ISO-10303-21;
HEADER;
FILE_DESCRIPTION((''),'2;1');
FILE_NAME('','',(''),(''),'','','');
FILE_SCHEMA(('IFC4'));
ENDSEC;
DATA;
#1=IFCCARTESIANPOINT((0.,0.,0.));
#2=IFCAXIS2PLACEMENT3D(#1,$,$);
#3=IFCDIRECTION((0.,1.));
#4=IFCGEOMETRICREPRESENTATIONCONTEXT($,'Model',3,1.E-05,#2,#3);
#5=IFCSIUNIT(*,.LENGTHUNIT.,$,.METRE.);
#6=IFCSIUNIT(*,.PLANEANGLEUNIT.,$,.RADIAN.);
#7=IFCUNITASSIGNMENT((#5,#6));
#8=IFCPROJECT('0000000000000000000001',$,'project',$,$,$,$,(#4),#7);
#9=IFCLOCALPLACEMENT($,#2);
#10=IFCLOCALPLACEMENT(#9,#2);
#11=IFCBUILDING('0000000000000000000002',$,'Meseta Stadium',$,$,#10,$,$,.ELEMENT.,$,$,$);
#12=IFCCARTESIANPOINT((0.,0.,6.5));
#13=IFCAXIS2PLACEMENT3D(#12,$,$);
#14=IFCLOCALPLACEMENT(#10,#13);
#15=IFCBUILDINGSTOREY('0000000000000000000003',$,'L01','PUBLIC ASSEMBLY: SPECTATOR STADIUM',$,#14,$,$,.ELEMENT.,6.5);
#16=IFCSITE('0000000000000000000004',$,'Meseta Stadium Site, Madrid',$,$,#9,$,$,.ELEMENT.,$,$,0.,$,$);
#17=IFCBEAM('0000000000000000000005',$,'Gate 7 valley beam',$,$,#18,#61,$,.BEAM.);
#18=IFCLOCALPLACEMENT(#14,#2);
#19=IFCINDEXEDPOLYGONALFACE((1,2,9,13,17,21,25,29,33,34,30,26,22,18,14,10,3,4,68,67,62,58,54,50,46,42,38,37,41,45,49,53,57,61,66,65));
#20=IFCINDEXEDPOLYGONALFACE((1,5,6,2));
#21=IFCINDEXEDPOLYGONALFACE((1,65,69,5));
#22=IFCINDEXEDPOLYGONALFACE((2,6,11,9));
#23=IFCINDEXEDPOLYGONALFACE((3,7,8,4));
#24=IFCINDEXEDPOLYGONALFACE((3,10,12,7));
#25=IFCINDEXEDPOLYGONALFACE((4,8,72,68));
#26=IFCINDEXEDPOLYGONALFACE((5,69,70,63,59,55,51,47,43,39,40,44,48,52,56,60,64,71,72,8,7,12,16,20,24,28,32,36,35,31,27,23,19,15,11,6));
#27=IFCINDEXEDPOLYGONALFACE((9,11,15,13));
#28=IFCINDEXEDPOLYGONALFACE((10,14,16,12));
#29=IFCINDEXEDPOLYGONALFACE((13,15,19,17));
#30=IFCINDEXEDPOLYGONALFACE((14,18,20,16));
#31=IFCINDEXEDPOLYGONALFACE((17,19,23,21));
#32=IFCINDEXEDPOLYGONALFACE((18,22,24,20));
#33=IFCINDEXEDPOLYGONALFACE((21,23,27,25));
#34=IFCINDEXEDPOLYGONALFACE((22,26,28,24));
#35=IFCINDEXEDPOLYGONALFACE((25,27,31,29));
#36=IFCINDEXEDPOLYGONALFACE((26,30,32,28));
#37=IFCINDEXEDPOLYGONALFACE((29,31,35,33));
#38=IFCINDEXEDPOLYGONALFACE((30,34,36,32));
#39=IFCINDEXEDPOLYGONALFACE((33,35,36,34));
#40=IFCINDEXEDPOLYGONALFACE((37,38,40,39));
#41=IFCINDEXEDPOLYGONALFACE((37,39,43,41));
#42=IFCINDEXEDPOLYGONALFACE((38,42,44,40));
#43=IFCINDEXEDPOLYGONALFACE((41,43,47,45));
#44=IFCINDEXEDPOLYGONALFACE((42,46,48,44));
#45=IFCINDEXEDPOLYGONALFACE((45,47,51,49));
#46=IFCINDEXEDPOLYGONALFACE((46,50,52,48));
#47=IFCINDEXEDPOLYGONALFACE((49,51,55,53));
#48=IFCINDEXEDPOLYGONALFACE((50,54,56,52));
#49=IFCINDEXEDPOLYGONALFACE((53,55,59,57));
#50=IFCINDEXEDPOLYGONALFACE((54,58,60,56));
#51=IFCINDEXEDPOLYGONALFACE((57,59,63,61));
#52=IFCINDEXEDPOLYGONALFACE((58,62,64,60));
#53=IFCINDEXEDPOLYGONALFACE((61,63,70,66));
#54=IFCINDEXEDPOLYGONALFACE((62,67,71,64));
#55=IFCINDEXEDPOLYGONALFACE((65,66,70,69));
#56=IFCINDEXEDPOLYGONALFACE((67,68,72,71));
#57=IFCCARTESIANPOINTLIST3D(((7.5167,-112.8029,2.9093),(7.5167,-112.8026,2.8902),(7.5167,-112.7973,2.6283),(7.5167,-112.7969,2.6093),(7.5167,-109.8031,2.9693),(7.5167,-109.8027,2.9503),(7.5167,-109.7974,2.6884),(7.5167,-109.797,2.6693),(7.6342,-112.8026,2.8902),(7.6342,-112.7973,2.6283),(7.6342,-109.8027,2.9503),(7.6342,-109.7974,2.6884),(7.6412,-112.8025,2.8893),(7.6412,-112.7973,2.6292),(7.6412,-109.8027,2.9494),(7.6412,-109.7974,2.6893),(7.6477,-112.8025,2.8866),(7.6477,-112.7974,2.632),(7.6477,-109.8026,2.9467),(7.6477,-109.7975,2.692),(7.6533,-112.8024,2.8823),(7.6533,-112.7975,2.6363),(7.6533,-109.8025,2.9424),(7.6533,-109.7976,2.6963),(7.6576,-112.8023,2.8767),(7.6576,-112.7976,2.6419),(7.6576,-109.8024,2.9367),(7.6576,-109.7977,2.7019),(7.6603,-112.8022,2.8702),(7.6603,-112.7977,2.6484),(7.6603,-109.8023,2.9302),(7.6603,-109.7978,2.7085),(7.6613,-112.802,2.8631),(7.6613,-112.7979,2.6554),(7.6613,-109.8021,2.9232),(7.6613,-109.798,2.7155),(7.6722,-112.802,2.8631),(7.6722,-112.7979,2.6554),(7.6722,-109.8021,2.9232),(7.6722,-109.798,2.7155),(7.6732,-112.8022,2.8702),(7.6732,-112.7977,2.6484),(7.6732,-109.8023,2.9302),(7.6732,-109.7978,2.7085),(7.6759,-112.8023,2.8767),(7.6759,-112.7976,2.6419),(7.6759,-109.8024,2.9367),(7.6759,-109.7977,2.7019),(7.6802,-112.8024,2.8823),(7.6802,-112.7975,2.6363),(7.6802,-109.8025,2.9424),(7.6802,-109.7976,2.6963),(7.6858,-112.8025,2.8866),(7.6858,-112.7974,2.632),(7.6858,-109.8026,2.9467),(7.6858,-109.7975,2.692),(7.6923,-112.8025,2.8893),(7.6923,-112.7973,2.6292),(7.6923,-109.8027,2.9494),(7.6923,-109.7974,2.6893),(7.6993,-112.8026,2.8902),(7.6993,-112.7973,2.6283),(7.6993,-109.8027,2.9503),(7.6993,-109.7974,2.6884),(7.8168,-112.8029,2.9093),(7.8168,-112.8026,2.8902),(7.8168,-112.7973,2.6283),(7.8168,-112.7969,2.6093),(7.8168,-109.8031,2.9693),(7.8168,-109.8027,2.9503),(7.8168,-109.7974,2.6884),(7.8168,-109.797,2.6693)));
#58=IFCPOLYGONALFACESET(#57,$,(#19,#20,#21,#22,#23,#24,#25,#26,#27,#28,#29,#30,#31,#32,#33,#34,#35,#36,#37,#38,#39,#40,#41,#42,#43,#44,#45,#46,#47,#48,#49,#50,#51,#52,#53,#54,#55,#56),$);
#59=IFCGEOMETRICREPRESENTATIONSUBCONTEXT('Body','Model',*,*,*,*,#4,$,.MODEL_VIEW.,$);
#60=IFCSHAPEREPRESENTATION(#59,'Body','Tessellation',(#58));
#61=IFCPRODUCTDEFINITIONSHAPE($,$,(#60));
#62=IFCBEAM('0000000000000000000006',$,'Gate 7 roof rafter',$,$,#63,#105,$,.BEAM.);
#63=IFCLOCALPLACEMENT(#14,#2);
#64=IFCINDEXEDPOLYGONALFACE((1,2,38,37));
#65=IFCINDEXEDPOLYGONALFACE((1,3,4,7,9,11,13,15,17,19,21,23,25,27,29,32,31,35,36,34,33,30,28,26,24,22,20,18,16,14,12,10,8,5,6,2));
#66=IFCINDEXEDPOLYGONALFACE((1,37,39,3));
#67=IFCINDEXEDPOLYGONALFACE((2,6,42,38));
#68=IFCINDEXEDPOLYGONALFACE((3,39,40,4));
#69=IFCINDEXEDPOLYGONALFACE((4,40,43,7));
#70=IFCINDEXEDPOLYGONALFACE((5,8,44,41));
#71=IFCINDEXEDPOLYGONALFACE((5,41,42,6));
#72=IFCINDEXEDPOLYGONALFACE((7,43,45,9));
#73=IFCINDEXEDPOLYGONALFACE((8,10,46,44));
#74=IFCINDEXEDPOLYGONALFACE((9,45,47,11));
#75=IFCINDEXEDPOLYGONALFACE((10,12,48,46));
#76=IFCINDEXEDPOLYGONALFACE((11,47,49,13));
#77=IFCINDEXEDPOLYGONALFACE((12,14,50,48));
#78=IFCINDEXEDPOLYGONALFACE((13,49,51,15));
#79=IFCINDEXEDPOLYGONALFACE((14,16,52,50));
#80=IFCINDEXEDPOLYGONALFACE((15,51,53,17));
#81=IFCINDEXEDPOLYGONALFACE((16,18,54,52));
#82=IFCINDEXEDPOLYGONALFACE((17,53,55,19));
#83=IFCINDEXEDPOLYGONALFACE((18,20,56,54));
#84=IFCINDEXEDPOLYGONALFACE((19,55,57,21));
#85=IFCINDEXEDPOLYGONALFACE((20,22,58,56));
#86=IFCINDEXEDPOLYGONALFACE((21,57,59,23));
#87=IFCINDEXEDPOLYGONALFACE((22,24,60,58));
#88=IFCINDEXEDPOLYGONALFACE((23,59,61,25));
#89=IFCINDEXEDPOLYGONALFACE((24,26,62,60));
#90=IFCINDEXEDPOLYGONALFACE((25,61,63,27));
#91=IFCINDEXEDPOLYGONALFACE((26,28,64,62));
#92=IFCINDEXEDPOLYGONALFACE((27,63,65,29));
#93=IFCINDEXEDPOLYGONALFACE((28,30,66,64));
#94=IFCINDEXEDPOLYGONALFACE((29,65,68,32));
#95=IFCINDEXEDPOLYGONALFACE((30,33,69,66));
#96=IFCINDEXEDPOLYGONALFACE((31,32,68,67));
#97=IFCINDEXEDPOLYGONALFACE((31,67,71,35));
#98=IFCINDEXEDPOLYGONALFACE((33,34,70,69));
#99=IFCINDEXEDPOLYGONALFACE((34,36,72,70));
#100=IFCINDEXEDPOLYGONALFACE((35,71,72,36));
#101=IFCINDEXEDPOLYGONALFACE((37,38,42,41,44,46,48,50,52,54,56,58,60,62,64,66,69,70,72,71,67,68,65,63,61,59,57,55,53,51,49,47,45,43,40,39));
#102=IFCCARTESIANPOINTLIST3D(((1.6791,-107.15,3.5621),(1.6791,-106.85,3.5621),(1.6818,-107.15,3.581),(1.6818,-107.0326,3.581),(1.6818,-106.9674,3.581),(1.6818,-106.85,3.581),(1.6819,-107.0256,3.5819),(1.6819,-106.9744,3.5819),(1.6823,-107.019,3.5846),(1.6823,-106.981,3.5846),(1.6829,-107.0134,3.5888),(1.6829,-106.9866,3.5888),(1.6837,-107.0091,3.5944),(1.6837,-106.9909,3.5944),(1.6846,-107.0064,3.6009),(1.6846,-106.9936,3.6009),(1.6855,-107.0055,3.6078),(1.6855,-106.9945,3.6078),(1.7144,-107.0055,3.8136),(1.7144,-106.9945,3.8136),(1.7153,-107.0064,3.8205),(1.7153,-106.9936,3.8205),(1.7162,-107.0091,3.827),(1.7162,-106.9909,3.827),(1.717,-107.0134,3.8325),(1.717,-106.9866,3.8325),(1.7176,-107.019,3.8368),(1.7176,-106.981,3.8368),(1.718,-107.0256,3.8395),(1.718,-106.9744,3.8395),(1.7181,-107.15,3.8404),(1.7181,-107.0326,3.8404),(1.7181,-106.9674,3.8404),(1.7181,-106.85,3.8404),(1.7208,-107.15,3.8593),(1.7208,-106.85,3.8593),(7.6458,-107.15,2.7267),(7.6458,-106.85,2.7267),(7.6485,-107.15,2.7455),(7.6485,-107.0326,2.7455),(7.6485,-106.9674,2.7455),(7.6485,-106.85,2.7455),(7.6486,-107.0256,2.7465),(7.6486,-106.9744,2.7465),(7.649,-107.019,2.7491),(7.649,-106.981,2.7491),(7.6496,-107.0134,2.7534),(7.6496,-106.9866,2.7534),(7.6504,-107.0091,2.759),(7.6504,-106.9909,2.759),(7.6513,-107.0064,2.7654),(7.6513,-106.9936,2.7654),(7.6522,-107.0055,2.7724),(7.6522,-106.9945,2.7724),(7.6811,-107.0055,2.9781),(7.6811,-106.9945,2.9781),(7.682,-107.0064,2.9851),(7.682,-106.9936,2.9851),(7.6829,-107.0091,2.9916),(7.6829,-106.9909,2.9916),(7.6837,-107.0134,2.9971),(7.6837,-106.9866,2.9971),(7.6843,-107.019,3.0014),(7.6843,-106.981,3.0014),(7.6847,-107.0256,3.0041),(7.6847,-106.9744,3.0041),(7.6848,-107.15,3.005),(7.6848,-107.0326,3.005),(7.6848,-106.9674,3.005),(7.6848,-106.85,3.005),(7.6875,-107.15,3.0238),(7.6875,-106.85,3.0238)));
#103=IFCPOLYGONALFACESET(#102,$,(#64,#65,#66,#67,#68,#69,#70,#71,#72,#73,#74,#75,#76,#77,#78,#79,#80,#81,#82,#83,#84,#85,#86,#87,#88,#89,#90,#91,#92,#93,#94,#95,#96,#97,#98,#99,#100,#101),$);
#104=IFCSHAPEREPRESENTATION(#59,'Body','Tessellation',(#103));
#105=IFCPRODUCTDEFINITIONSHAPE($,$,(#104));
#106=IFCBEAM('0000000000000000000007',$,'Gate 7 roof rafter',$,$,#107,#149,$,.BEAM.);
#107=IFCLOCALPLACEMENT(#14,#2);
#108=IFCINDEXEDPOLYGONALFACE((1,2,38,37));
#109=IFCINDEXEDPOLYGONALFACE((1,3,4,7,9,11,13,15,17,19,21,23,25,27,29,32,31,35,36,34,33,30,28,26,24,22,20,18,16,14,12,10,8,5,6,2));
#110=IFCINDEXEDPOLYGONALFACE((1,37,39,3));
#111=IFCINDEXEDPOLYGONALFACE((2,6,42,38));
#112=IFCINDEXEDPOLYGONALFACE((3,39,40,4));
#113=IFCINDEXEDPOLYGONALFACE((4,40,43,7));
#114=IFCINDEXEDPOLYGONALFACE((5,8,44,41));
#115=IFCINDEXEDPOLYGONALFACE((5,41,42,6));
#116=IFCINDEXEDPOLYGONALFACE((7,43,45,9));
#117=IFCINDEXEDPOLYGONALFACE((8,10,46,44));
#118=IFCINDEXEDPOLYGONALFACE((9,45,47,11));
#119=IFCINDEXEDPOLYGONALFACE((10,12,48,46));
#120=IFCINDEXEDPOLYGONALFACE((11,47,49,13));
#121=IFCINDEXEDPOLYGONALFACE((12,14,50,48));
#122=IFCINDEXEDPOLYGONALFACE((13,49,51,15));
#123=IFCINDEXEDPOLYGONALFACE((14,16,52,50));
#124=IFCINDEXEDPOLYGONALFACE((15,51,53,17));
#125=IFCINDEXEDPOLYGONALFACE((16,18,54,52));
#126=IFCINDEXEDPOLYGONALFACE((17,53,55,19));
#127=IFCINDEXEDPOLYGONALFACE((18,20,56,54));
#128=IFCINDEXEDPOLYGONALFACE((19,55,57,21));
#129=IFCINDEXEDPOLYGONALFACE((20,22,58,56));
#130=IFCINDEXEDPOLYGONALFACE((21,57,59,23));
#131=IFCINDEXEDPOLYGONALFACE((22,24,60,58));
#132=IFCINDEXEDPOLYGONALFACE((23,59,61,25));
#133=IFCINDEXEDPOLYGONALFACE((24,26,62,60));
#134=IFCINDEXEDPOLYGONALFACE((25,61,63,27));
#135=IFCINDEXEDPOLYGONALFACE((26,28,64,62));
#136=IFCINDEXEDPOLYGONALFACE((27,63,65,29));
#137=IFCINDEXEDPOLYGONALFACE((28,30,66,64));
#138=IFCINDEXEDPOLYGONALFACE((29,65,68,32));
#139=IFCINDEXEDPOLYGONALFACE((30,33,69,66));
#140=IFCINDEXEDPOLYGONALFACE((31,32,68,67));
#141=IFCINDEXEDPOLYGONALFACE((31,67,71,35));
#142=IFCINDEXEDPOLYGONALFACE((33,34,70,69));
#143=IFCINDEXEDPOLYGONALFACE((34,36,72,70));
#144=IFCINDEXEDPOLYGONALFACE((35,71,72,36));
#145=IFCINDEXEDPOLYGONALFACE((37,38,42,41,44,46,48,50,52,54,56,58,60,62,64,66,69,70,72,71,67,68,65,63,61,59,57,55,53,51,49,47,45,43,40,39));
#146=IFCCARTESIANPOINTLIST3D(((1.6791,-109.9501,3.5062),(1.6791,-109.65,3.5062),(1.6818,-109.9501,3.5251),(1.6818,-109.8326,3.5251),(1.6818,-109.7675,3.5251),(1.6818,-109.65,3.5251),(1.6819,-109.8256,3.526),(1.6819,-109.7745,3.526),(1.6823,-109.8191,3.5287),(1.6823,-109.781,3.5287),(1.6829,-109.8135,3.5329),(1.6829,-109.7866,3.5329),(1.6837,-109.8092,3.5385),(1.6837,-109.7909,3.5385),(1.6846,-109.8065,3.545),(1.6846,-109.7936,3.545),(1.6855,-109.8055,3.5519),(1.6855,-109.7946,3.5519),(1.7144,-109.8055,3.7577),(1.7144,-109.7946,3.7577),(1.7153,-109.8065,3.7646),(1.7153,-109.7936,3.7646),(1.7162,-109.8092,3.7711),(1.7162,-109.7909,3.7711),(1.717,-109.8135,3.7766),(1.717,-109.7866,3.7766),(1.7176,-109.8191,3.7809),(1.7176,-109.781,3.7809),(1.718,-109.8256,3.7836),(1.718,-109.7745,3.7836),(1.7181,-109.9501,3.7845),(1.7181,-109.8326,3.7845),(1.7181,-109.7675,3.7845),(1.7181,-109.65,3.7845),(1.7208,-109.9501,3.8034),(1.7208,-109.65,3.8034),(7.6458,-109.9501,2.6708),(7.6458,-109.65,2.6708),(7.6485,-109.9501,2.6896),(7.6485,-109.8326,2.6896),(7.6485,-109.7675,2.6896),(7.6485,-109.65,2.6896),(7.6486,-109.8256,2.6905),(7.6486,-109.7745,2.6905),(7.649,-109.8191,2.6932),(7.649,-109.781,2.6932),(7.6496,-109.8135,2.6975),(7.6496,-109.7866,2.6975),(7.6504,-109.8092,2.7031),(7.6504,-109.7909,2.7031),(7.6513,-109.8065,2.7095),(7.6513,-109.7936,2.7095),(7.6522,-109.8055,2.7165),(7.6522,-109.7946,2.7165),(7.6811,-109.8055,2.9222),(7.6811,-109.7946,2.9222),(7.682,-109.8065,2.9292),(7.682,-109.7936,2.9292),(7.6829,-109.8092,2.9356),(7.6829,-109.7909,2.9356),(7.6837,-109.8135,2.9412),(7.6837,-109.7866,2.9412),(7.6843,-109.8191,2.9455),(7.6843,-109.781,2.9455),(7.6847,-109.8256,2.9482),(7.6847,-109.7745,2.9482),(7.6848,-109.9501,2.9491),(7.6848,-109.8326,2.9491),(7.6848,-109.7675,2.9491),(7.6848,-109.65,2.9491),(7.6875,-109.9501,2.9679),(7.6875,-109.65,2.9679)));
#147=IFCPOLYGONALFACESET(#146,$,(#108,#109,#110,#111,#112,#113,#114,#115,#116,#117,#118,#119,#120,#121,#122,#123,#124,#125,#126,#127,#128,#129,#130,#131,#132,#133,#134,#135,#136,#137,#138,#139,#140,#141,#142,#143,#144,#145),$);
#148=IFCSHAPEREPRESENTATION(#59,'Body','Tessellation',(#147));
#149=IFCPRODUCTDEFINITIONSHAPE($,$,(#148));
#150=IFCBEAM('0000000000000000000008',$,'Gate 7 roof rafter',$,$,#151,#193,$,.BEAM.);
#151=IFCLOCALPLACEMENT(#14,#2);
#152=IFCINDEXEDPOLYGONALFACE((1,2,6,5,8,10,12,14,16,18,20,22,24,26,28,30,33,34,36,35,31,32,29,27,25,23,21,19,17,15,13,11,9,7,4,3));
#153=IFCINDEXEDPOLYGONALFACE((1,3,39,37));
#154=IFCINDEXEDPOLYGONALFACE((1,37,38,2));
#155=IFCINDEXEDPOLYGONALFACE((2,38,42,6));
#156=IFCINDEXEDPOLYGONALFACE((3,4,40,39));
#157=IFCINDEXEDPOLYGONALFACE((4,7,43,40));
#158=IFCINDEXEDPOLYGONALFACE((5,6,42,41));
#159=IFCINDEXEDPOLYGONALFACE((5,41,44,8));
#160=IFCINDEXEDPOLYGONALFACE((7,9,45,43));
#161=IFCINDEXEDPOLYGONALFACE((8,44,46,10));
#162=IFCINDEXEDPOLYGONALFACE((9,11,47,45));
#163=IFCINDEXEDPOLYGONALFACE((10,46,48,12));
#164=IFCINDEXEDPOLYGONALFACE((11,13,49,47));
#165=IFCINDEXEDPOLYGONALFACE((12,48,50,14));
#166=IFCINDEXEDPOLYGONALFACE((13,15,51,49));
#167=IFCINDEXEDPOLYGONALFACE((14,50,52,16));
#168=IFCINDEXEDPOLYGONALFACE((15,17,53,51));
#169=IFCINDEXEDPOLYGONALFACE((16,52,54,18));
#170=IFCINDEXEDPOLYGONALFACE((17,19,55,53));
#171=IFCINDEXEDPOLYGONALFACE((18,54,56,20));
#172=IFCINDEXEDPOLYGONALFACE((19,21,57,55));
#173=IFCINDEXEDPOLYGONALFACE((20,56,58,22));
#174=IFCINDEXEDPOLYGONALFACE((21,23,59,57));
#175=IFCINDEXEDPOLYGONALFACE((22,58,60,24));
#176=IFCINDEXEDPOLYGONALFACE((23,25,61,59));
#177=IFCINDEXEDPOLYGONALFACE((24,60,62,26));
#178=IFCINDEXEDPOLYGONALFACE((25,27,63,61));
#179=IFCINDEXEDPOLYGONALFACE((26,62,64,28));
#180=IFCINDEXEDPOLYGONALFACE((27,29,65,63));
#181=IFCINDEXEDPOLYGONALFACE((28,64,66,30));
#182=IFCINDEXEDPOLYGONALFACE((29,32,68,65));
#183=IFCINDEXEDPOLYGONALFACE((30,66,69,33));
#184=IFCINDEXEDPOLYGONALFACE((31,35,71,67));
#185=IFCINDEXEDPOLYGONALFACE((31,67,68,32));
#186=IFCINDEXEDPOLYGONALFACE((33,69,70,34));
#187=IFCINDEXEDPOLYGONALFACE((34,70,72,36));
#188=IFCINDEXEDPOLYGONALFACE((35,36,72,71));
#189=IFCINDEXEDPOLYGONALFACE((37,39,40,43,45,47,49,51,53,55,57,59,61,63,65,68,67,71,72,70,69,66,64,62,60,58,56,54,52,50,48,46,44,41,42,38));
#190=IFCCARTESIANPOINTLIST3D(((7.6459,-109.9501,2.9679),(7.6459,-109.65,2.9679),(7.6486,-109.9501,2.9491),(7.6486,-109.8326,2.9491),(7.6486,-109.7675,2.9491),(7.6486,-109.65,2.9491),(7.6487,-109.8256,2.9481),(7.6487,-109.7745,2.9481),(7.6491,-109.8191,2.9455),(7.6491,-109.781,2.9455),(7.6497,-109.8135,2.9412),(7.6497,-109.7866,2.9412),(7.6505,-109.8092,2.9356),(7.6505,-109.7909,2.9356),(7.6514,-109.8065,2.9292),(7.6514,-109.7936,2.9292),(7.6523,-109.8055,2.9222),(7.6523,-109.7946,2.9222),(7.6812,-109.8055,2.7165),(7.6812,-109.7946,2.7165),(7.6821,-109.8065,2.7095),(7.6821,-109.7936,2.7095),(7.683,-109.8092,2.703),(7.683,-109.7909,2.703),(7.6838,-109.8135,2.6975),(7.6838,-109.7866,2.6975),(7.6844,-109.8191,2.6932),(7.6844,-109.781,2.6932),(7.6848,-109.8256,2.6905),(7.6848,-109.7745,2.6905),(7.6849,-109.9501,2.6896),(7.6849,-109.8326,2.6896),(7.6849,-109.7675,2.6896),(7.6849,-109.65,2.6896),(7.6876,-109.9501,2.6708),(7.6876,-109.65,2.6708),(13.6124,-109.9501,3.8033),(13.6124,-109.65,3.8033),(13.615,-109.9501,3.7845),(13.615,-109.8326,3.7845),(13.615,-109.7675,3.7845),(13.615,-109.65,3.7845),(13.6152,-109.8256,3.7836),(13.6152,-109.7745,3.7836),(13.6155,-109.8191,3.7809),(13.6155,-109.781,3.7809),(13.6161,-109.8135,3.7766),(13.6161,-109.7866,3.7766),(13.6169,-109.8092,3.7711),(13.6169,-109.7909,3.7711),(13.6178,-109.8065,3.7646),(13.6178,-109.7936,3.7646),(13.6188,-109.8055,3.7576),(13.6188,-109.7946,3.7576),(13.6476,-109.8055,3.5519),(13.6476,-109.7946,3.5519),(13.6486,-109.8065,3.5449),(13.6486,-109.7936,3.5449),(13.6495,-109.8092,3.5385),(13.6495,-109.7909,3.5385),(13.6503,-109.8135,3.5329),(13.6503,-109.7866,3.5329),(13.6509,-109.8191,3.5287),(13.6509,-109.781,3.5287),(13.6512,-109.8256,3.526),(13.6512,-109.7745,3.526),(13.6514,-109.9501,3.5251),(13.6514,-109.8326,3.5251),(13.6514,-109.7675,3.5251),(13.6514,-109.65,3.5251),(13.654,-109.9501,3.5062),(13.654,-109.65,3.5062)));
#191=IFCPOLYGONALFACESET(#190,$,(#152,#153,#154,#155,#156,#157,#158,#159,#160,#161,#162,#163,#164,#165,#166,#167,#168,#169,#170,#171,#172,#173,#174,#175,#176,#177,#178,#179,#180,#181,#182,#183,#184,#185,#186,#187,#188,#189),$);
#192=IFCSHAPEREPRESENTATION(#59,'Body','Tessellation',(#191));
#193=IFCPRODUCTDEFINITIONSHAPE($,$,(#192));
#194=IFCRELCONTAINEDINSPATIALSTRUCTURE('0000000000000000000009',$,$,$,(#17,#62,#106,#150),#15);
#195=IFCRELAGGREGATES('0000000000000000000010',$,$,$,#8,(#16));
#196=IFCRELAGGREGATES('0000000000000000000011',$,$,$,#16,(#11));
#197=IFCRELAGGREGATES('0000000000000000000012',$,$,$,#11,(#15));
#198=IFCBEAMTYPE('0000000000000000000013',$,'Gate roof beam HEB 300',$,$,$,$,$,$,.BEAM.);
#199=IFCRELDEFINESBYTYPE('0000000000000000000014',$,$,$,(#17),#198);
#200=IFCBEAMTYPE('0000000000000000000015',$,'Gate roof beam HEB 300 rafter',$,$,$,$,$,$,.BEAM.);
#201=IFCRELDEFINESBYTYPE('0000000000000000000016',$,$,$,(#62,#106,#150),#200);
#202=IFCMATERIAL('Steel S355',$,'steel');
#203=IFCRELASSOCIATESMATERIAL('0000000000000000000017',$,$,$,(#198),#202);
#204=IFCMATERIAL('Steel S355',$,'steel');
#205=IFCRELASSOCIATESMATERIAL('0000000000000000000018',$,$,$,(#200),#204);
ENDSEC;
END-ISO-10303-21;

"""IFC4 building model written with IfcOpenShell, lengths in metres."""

from ifc_helpers import new_model, si_unit, direction, frame, origin, origin_2d, place, context, subcontext, project, spatial, i_section, extrude, material, material_profile, profile_set, type_object, element, save


model = new_model("IFC4")

# Units and contexts
model_context = context("Model", 3, precision=1e-05, world=origin(), true_north=direction((0.0, 1.0)))
body_context = subcontext(model_context, "Body", "Model", "MODEL_VIEW")
ifc_project = project(units=[si_unit("LENGTHUNIT", "METRE"), si_unit("PLANEANGLEUNIT", "RADIAN")], contexts=[model_context])

# Site, building, storey
site_placement = place(None, origin())
site = spatial("IfcSite", under=ifc_project, at=site_placement, Name="Meseta Stadium Site, Madrid", CompositionType="ELEMENT", RefElevation=0.0)
building_placement = place(site_placement, origin())
building = spatial("IfcBuilding", under=site, at=building_placement, Name="Meseta Stadium", CompositionType="ELEMENT")
storey_placement = place(building_placement, frame((0.0, 0.0, 6.5)))
storey = spatial("IfcBuildingStorey", under=building, at=storey_placement, Name="L01", Description="PUBLIC ASSEMBLY: SPECTATOR STADIUM", CompositionType="ELEMENT", Elevation=6.5)

# Beams
ifc_material_1 = material(Name="Steel S355", Category="steel")
ifc_material_profile_1 = material_profile(ifc_material_1, i_section(OverallWidth=0.3, OverallDepth=0.3, WebThickness=0.011, FlangeThickness=0.019, FilletRadius=0.0271, at=origin_2d()), Name="HEB 300")
ifc_profile_set_1 = profile_set([ifc_material_profile_1], Name="Steel S355")
beam_type_1 = type_object("IfcBeamType", Name="Gate roof beam HEB 300", PredefinedType="BEAM", material=ifc_profile_set_1)
beam_1_placement = place(storey_placement, frame((7.6667, -109.8, 2.8193), z_axis=(0.0, -0.9998, -0.020016), x_axis=(1.0, 0.0, 0.0)))
element("IfcBeam", 1, at=beam_1_placement, inside=storey, type_object=beam_type_1, Name="Gate 7 valley beam", PredefinedType="BEAM", context=body_context, shape_type="SweptSolid", body=[
    extrude(i_section(OverallWidth=0.3, OverallDepth=0.3, WebThickness=0.011, FlangeThickness=0.019, FilletRadius=0.0271, at=origin_2d()), origin(), (0.0, 0.0, 1.0), 3.0005),
])
ifc_material_2 = material(Name="Steel S355", Category="steel")
ifc_material_profile_2 = material_profile(ifc_material_2, i_section(OverallWidth=0.3, OverallDepth=0.3, WebThickness=0.011, FlangeThickness=0.019, FilletRadius=0.0271, at=origin_2d()), Name="HEB 300")
ifc_profile_set_2 = profile_set([ifc_material_profile_2], Name="Steel S355")
beam_type_2 = type_object("IfcBeamType", Name="Gate roof beam HEB 300 rafter", PredefinedType="BEAM", material=ifc_profile_set_2)
for number, where, z_axis, x_axis, name in (
    (2, (1.7, -107.0, 3.7107), (0.99034, 0.0, -0.138664), (0.0, 1.0, 0.0), "Gate 7 roof rafter"),
    (3, (1.7, -109.8, 3.6548), (0.99034, 0.0, -0.138664), (0.0, 1.0, 0.0), "Gate 7 roof rafter"),
):
    element("IfcBeam", number, at=place(storey_placement, frame(where, z_axis=z_axis, x_axis=x_axis)), inside=storey, type_object=beam_type_2, Name=name, PredefinedType="BEAM", context=body_context, shape_type="SweptSolid", body=[
        extrude(i_section(OverallWidth=0.3, OverallDepth=0.3, WebThickness=0.011, FlangeThickness=0.019, FilletRadius=0.0271, at=origin_2d()), origin(), (0.0, 0.0, 1.0), 6.0249),
    ])
beam_2_placement = place(storey_placement, frame((7.6667, -109.8, 2.8193), z_axis=(0.990339, 0.0, 0.138669), x_axis=(0.0, 1.0, 0.0)))
element("IfcBeam", 4, at=beam_2_placement, inside=storey, type_object=beam_type_2, Name="Gate 7 roof rafter", PredefinedType="BEAM", context=body_context, shape_type="SweptSolid", body=[
    extrude(i_section(OverallWidth=0.3, OverallDepth=0.3, WebThickness=0.011, FlangeThickness=0.019, FilletRadius=0.0271, at=origin_2d()), origin(), (0.0, 0.0, 1.0), 6.0247),
])

save(model, "model.ifc")
